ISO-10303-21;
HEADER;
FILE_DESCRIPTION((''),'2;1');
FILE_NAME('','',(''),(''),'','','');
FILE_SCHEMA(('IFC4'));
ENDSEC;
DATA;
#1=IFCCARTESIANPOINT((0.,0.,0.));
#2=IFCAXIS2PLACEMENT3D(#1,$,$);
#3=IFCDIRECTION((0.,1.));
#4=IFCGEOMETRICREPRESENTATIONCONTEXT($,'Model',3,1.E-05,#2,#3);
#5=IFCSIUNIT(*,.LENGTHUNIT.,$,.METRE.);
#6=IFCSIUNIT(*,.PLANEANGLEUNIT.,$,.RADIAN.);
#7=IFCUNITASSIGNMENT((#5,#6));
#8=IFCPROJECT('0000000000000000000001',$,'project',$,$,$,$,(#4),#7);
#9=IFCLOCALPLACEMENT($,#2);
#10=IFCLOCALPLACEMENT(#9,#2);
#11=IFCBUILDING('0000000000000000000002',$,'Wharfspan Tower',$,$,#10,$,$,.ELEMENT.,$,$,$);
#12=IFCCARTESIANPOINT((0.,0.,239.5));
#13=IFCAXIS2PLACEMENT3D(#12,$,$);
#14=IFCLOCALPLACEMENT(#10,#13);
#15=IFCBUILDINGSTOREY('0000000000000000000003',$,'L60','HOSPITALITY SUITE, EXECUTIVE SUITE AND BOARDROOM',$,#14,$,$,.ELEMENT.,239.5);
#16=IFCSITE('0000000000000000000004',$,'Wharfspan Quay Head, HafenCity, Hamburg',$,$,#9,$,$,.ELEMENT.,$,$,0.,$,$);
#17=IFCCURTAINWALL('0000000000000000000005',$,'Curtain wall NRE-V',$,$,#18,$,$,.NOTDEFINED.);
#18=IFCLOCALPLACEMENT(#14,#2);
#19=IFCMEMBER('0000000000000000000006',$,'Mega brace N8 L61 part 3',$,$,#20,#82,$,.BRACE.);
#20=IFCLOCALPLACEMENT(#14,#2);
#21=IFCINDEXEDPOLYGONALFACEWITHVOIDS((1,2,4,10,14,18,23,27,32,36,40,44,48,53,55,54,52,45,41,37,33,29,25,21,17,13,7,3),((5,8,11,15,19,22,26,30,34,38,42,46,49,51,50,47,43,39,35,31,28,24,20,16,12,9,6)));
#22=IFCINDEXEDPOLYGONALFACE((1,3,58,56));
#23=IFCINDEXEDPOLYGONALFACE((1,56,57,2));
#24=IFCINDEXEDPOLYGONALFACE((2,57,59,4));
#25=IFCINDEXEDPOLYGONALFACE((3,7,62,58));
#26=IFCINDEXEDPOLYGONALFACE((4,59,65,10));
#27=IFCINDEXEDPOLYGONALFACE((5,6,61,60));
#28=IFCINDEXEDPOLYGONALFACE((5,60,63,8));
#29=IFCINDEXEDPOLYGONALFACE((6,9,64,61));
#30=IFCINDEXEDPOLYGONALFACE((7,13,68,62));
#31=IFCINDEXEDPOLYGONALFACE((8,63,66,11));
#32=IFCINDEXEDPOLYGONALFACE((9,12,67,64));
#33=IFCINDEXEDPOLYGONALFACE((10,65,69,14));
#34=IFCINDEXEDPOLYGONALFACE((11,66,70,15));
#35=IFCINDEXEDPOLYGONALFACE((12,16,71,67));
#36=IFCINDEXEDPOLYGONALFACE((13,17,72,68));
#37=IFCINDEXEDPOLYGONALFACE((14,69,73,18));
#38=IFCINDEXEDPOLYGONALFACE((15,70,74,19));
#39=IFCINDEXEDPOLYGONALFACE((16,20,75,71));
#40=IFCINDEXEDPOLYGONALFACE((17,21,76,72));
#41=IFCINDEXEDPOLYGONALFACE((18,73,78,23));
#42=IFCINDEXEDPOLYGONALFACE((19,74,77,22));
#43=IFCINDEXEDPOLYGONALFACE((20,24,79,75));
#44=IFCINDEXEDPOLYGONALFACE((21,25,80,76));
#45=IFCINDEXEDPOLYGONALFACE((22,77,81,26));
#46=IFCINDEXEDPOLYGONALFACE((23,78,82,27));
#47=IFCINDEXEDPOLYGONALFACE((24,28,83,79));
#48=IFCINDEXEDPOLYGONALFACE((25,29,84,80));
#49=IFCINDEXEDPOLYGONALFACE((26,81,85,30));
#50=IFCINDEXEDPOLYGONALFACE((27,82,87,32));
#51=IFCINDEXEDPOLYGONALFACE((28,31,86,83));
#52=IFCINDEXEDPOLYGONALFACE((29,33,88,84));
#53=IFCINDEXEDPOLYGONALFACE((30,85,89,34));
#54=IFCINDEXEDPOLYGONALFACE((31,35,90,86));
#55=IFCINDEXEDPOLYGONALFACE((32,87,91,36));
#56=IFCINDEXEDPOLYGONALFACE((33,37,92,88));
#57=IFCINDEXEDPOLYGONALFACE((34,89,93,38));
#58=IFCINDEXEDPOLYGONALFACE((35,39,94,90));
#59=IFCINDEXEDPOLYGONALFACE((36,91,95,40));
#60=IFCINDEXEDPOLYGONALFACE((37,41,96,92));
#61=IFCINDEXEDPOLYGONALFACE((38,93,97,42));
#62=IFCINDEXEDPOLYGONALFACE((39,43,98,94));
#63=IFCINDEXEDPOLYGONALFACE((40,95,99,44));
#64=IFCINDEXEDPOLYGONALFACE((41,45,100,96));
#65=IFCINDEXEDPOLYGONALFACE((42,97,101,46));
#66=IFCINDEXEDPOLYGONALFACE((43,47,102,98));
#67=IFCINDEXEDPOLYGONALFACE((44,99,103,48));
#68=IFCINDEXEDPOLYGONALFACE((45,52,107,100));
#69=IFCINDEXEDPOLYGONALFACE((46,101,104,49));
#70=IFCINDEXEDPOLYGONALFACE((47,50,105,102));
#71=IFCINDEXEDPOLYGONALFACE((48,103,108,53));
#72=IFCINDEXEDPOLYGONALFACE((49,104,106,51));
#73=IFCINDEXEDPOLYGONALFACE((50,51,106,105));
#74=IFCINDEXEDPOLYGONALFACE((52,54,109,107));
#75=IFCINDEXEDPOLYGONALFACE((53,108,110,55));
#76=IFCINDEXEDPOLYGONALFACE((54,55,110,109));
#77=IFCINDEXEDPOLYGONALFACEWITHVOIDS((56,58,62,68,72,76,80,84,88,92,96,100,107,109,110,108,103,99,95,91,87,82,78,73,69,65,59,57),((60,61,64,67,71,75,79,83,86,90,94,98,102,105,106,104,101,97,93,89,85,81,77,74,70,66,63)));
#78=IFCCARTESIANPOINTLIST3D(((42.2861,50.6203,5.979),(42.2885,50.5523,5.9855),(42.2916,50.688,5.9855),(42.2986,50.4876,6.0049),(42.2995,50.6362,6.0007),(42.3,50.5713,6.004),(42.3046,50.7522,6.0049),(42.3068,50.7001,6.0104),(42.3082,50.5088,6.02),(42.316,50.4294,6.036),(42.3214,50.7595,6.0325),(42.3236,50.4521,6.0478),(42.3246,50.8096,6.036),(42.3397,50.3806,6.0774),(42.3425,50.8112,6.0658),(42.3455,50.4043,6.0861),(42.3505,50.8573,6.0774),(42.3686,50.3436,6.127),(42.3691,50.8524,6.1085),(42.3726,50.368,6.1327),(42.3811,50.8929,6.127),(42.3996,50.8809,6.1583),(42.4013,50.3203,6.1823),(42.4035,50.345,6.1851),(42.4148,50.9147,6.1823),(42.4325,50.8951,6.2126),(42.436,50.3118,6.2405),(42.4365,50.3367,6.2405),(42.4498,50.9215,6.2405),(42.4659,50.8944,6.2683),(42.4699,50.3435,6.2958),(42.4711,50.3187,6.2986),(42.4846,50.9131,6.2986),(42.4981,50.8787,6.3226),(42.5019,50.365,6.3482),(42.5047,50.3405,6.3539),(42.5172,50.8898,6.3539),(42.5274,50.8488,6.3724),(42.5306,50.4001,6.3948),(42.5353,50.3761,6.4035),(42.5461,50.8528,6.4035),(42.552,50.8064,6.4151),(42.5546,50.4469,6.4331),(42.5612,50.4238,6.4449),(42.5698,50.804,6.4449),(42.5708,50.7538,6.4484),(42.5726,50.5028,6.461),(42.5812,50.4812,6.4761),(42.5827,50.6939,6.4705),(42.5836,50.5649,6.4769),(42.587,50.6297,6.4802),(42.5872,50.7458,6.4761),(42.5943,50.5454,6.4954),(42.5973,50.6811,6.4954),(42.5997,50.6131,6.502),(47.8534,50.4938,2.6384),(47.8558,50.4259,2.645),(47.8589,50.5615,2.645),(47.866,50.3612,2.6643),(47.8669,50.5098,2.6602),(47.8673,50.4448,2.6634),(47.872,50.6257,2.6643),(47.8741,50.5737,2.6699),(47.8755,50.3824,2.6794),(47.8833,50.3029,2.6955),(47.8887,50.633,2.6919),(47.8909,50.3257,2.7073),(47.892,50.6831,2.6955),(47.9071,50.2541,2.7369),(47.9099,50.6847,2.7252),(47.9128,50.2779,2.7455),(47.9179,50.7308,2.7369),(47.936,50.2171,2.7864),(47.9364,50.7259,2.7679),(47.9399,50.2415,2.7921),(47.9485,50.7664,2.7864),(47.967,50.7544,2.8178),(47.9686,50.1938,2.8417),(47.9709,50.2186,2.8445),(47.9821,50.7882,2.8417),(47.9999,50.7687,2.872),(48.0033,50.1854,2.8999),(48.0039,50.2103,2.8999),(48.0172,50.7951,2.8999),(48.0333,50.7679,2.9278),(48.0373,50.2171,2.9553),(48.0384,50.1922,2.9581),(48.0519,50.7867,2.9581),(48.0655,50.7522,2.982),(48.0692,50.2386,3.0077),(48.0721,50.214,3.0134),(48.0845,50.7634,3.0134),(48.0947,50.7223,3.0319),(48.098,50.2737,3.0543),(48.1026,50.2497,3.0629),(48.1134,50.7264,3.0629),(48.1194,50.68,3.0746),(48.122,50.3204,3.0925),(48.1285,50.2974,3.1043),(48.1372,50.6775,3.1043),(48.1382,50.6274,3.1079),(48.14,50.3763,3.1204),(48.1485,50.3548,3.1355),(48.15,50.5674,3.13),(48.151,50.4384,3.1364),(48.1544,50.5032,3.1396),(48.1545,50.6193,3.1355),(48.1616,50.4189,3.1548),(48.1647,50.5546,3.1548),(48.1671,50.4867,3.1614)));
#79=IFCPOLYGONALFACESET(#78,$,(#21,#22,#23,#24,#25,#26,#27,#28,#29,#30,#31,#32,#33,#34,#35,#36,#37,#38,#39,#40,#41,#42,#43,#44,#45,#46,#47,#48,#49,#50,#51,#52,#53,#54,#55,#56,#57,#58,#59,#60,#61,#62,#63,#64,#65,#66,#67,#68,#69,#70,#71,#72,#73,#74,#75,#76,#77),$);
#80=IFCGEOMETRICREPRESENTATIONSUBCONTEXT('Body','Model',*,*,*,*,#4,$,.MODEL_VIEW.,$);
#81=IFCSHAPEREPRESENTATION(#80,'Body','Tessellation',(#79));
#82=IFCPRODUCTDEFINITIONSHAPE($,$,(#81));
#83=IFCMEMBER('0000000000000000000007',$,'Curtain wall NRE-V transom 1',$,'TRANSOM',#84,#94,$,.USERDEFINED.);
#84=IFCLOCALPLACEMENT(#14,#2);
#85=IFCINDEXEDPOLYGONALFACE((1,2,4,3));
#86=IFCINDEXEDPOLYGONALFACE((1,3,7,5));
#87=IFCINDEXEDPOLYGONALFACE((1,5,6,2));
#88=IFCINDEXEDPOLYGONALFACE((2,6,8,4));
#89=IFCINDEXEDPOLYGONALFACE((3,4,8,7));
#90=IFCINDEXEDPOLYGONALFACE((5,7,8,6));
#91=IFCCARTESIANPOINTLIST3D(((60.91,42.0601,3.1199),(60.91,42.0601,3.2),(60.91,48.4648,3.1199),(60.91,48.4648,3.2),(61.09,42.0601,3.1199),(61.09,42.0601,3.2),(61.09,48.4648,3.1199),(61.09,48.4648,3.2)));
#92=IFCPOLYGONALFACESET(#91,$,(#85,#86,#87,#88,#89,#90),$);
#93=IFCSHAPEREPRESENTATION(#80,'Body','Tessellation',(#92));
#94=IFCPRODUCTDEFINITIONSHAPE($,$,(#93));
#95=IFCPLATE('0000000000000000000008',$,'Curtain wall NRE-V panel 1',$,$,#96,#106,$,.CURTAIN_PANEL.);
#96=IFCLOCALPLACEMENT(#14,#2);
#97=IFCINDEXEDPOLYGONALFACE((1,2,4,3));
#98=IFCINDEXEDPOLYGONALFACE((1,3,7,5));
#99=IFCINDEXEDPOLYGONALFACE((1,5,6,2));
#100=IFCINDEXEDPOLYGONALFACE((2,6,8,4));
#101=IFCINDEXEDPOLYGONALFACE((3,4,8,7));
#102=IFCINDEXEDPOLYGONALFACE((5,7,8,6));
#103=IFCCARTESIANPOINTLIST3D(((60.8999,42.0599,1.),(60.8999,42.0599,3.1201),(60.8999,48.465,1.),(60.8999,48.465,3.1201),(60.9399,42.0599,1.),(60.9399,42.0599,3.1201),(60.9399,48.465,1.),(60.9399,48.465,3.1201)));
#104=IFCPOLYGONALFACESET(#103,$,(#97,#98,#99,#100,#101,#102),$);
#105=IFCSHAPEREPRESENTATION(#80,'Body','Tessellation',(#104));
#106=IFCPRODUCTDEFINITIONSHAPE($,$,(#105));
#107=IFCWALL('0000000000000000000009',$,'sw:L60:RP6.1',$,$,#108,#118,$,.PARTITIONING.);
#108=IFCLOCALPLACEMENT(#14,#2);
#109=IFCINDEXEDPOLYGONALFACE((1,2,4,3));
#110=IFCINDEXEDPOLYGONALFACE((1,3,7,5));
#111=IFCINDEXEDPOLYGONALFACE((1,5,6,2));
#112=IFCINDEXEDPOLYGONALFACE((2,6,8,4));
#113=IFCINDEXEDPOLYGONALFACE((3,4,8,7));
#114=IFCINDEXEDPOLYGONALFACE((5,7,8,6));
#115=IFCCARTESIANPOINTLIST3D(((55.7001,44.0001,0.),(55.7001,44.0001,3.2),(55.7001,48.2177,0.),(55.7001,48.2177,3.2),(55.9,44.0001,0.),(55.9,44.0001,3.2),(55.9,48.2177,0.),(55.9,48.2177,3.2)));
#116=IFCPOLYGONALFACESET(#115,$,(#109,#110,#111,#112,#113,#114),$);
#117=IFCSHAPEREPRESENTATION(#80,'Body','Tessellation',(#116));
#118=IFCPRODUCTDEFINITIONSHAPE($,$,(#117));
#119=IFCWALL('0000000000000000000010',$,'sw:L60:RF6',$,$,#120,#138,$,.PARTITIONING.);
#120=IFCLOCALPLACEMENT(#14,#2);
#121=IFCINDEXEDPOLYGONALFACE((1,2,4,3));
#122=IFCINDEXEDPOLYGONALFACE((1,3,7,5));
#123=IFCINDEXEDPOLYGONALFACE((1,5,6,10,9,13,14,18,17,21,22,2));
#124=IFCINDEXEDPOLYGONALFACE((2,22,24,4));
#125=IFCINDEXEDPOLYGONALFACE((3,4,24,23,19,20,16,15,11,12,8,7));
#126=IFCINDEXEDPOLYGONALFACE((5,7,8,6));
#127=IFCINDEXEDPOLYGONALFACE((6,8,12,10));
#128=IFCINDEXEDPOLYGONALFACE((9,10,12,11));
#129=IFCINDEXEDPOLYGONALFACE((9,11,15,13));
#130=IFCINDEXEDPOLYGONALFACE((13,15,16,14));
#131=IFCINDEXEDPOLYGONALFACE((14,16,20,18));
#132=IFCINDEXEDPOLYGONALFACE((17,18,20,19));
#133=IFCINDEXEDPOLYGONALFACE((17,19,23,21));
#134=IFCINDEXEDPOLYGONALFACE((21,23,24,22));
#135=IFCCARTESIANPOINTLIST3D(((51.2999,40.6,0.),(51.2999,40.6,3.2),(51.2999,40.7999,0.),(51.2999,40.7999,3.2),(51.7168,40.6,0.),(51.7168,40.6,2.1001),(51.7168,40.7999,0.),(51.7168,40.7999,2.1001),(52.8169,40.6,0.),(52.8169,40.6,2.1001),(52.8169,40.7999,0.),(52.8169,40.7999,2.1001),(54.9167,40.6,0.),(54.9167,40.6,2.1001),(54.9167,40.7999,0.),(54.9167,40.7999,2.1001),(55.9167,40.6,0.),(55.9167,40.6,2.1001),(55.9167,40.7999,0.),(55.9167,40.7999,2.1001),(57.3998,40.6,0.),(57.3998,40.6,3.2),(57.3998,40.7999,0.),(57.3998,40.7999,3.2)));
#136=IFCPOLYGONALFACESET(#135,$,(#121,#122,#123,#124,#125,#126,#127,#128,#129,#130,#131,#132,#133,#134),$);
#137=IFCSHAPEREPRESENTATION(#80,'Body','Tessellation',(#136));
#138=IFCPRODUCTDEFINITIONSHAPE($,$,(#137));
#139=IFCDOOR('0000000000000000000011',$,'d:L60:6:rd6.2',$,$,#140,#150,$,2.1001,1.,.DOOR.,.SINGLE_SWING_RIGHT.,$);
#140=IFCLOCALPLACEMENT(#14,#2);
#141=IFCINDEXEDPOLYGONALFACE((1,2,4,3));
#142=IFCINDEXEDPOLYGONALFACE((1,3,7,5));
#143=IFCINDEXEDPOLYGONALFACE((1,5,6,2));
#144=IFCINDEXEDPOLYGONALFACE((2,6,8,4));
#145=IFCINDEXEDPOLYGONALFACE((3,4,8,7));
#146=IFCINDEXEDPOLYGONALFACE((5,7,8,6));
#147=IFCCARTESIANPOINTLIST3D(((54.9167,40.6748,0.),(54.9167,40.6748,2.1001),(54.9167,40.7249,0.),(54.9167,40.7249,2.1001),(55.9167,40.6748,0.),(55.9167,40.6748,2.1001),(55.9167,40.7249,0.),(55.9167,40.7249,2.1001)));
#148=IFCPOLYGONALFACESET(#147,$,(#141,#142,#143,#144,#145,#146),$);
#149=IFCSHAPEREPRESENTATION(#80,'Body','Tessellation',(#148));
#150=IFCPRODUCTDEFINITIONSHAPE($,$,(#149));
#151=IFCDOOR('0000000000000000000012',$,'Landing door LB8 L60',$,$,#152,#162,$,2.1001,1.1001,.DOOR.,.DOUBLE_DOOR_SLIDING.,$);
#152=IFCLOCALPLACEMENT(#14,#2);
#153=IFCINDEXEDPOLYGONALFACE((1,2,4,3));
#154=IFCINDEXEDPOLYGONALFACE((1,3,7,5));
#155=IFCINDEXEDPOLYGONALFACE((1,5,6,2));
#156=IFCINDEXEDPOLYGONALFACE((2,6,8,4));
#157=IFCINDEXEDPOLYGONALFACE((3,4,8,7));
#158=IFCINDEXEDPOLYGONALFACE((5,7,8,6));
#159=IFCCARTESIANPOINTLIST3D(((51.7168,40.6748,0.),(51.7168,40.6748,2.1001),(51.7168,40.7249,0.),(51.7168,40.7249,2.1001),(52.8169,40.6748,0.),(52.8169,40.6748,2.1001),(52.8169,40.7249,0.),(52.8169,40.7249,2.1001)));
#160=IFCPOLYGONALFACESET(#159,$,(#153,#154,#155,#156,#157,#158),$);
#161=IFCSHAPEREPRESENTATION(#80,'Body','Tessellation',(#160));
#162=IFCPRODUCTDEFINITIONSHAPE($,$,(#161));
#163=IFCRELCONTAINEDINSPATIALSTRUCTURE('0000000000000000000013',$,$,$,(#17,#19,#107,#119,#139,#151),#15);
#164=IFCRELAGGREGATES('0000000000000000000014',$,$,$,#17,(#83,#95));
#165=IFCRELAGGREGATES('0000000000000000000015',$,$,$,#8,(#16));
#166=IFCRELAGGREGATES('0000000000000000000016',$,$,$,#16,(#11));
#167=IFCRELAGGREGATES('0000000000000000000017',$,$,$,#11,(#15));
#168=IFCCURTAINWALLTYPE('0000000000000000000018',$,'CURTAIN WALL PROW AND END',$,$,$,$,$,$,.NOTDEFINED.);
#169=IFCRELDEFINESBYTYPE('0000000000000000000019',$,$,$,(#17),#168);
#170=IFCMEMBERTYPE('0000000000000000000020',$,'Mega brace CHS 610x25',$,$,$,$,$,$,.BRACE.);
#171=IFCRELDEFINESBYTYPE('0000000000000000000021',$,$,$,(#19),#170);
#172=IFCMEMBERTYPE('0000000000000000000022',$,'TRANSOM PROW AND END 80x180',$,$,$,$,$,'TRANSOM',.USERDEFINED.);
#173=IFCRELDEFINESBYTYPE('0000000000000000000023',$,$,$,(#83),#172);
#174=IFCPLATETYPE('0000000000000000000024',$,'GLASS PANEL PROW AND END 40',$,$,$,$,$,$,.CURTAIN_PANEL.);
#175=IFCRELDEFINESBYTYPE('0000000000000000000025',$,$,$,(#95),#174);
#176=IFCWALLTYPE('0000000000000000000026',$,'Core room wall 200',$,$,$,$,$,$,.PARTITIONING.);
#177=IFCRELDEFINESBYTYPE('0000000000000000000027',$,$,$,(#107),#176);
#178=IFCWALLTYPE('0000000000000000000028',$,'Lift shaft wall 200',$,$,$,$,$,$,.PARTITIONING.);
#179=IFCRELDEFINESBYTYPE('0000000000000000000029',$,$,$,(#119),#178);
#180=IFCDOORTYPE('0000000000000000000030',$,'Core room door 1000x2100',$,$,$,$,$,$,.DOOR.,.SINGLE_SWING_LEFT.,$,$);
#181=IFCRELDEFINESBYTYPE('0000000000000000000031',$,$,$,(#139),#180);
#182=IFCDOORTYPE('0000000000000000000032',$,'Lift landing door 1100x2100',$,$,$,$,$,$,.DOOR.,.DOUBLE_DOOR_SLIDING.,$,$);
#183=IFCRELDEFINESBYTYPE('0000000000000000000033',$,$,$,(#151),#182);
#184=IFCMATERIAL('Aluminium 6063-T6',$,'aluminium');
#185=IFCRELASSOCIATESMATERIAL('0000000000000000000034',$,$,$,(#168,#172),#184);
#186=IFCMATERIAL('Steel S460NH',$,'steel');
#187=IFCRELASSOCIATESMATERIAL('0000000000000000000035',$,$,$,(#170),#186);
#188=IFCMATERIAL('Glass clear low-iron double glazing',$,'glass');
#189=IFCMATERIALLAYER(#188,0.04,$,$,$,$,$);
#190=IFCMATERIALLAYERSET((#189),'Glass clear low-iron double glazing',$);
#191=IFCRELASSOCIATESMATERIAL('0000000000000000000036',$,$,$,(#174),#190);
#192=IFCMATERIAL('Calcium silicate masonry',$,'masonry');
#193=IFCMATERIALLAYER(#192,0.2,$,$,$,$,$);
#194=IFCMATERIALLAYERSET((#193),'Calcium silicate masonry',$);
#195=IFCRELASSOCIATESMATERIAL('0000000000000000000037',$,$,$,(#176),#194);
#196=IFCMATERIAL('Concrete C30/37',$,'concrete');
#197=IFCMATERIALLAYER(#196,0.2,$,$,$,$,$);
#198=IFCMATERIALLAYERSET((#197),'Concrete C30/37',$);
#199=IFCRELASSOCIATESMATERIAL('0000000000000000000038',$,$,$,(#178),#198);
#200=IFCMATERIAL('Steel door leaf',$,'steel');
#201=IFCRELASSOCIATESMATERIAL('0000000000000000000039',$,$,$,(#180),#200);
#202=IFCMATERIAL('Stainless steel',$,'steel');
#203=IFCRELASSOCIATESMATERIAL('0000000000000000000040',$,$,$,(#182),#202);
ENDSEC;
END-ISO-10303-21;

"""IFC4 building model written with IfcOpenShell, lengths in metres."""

from ifc_helpers import new_model, si_unit, direction, frame, frame_2d, origin, origin_2d, place, context, subcontext, project, spatial, rectangle, hollow_circle, extrude, material, layer, layer_set, material_profile, profile_set, type_object, element, fill, aggregate, save


model = new_model("IFC4")

# Units and contexts
model_context = context("Model", 3, precision=1e-05, world=origin(), true_north=direction((0.0, 1.0)))
body_context = subcontext(model_context, "Body", "Model", "MODEL_VIEW")
ifc_project = project(units=[si_unit("LENGTHUNIT", "METRE"), si_unit("PLANEANGLEUNIT", "RADIAN")], contexts=[model_context])

# Site, building, storey
site_placement = place(None, origin())
site = spatial("IfcSite", under=ifc_project, at=site_placement, Name="Wharfspan Quay Head, HafenCity, Hamburg", CompositionType="ELEMENT", RefElevation=0.0)
building_placement = place(site_placement, origin())
building = spatial("IfcBuilding", under=site, at=building_placement, Name="Wharfspan Tower", CompositionType="ELEMENT")
storey_placement = place(building_placement, frame((0.0, 0.0, 239.5)))
storey = spatial("IfcBuildingStorey", under=building, at=storey_placement, Name="L60", Description="HOSPITALITY SUITE, EXECUTIVE SUITE AND BOARDROOM", CompositionType="ELEMENT", Elevation=239.5)

# Curtain wall
ifc_material_1 = material(Name="Aluminium 6063-T6", Category="aluminium")
curtain_wall_type = type_object("IfcCurtainWallType", Name="CURTAIN WALL PROW AND END", PredefinedType="NOTDEFINED", material=ifc_material_1)
curtain_wall_placement = place(storey_placement, origin())
curtain_wall = element("IfcCurtainWall", 1, at=curtain_wall_placement, inside=storey, type_object=curtain_wall_type, Name="Curtain wall NRE-V", PredefinedType="NOTDEFINED")

# Members
ifc_material_2 = material(Name="Steel S460NH", Category="steel")
ifc_material_profile_1 = material_profile(ifc_material_2, hollow_circle(Radius=0.3049, WallThickness=0.0249, at=origin_2d()))
ifc_profile_set_1 = profile_set([ifc_material_profile_1], Name="Steel S460NH")
member_type_1 = type_object("IfcMemberType", Name="Mega brace CHS 610x25", PredefinedType="BRACE", material=ifc_profile_set_1)
member_1_placement = place(storey_placement, frame((48.0103, 50.4902, 2.8999), z_axis=(-0.85732, 0.019474, 0.514415), x_axis=(-0.022708, -0.999746, 0.000002)))
element("IfcMember", 2, at=member_1_placement, inside=storey, type_object=member_type_1, Name="Mega brace N8 L61 part 3", PredefinedType="BRACE", context=body_context, shape_type="SweptSolid", body=[
    extrude(hollow_circle(Radius=0.3049, WallThickness=0.0249, at=origin_2d()), origin(), (0.0, 0.0, 1.0), 6.4939),
])
ifc_material_profile_2 = material_profile(ifc_material_1, rectangle(XDim=0.1799, YDim=0.0801, at=origin_2d()))
ifc_profile_set_2 = profile_set([ifc_material_profile_2], Name="Aluminium 6063-T6")
member_type_2 = type_object("IfcMemberType", Name="TRANSOM PROW AND END 80x180", ElementType="TRANSOM", PredefinedType="USERDEFINED", material=ifc_profile_set_2)
member_2_placement = place(storey_placement, frame((61.0, 42.0601, 3.1599), z_axis=(0.0, 1.0, 0.0), x_axis=(-1.0, 0.0, 0.0)))
member_2 = element("IfcMember", 3, at=member_2_placement, type_object=member_type_2, Name="Curtain wall NRE-V transom 1", ObjectType="TRANSOM", PredefinedType="USERDEFINED", context=body_context, shape_type="SweptSolid", body=[
    extrude(rectangle(XDim=0.1799, YDim=0.0801, at=origin_2d()), origin(), (0.0, 0.0, 1.0), 6.4048),
])

# Plate
ifc_material_3 = material(Name="Glass clear low-iron double glazing", Category="glass")
ifc_layer_1 = layer(ifc_material_3, 0.04)
ifc_layer_set_1 = layer_set([ifc_layer_1], Name="Glass clear low-iron double glazing")
plate_type = type_object("IfcPlateType", Name="GLASS PANEL PROW AND END 40", PredefinedType="CURTAIN_PANEL", material=ifc_layer_set_1)
plate_placement = place(storey_placement, frame((60.9199, 45.2625, 1.0), z_axis=(0.0, 0.0, 1.0), x_axis=(0.0, 1.0, 0.0)))
plate = element("IfcPlate", 4, at=plate_placement, type_object=plate_type, Name="Curtain wall NRE-V panel 1", PredefinedType="CURTAIN_PANEL", context=body_context, shape_type="SweptSolid", body=[
    extrude(rectangle(XDim=6.405, YDim=0.04, at=origin_2d()), origin(), (0.0, 0.0, 1.0), 2.1201),
])
aggregate(curtain_wall, [member_2, plate])

# Wall
ifc_material_4 = material(Name="Calcium silicate masonry", Category="masonry")
ifc_layer_2 = layer(ifc_material_4, 0.2)
ifc_layer_set_2 = layer_set([ifc_layer_2], Name="Calcium silicate masonry")
wall_type_1 = type_object("IfcWallType", Name="Core room wall 200", PredefinedType="PARTITIONING", material=ifc_layer_set_2)
wall_1_placement = place(storey_placement, frame((55.8, 44.0, 0.0), z_axis=(0.0, 0.0, 1.0), x_axis=(0.0, 1.0, 0.0)))
element("IfcWall", 5, at=wall_1_placement, inside=storey, type_object=wall_type_1, Name="sw:L60:RP6.1", PredefinedType="PARTITIONING", context=body_context, shape_type="SweptSolid", body=[
    extrude(rectangle(XDim=4.2175, YDim=0.2, at=frame_2d((2.1089, 0.0))), origin(), (0.0, 0.0, 1.0), 3.2),
])

# Wall, openings, doors
ifc_material_5 = material(Name="Concrete C30/37", Category="concrete")
ifc_layer_3 = layer(ifc_material_5, 0.2)
ifc_layer_set_3 = layer_set([ifc_layer_3], Name="Concrete C30/37")
wall_type_2 = type_object("IfcWallType", Name="Lift shaft wall 200", PredefinedType="PARTITIONING", material=ifc_layer_set_3)
wall_2_placement = place(storey_placement, frame((51.3, 40.7, 0.0), z_axis=(0.0, 0.0, 1.0), x_axis=(1.0, 0.0, 0.0)))
wall_2 = element("IfcWall", 6, at=wall_2_placement, inside=storey, type_object=wall_type_2, Name="sw:L60:RF6", PredefinedType="PARTITIONING", context=body_context, shape_type="SweptSolid", body=[
    extrude(rectangle(XDim=6.0999, YDim=0.2, at=frame_2d((3.0498, 0.0))), origin(), (0.0, 0.0, 1.0), 3.2),
])
opening_1_placement = place(wall_2_placement, frame((0.4167, 0.0, 0.0)))
opening_1 = element("IfcOpeningElement", 7, at=opening_1_placement, cuts=wall_2, PredefinedType="OPENING", context=body_context, shape_type="SweptSolid", body=[
    extrude(rectangle(XDim=1.1001, YDim=2.1001, at=frame_2d((0.55, 1.05))), frame((0.0, 0.1099, 0.0), z_axis=(0.0, -1.0, 0.0), x_axis=(1.0, 0.0, 0.0)), (0.0, 0.0, 1.0), 0.22),
])
opening_2_placement = place(wall_2_placement, frame((3.6167, 0.0, 0.0)))
opening_2 = element("IfcOpeningElement", 8, at=opening_2_placement, cuts=wall_2, PredefinedType="OPENING", context=body_context, shape_type="SweptSolid", body=[
    extrude(rectangle(XDim=1.0, YDim=2.1001, at=frame_2d((0.5, 1.05))), frame((0.0, 0.1099, 0.0), z_axis=(0.0, -1.0, 0.0), x_axis=(1.0, 0.0, 0.0)), (0.0, 0.0, 1.0), 0.22),
])
ifc_material_6 = material(Name="Steel door leaf", Category="steel")
door_type_1 = type_object("IfcDoorType", Name="Core room door 1000x2100", OperationType="SINGLE_SWING_LEFT", PredefinedType="DOOR", material=ifc_material_6)
door_1_placement = place(opening_2_placement, origin())
door_1 = element("IfcDoor", 9, at=door_1_placement, inside=storey, type_object=door_type_1, Name="d:L60:6:rd6.2", OperationType="SINGLE_SWING_RIGHT", OverallHeight=2.1001, OverallWidth=1.0, PredefinedType="DOOR", context=body_context, shape_type="SweptSolid", body=[
    extrude(rectangle(XDim=1.0, YDim=2.1001, at=frame_2d((0.5, 1.05))), frame((0.0, 0.0249, 0.0), z_axis=(0.0, -1.0, 0.0), x_axis=(1.0, 0.0, 0.0)), (0.0, 0.0, 1.0), 0.05),
])
fill(opening_2, door_1)
ifc_material_7 = material(Name="Stainless steel", Category="steel")
door_type_2 = type_object("IfcDoorType", Name="Lift landing door 1100x2100", OperationType="DOUBLE_DOOR_SLIDING", PredefinedType="DOOR", material=ifc_material_7)
door_2_placement = place(opening_1_placement, origin())
door_2 = element("IfcDoor", 10, at=door_2_placement, inside=storey, type_object=door_type_2, Name="Landing door LB8 L60", OperationType="DOUBLE_DOOR_SLIDING", OverallHeight=2.1001, OverallWidth=1.1001, PredefinedType="DOOR", context=body_context, shape_type="SweptSolid", body=[
    extrude(rectangle(XDim=1.1001, YDim=2.1001, at=frame_2d((0.55, 1.05))), frame((0.0, 0.0249, 0.0), z_axis=(0.0, -1.0, 0.0), x_axis=(1.0, 0.0, 0.0)), (0.0, 0.0, 1.0), 0.05),
])
fill(opening_1, door_2)

save(model, "model.ifc")
